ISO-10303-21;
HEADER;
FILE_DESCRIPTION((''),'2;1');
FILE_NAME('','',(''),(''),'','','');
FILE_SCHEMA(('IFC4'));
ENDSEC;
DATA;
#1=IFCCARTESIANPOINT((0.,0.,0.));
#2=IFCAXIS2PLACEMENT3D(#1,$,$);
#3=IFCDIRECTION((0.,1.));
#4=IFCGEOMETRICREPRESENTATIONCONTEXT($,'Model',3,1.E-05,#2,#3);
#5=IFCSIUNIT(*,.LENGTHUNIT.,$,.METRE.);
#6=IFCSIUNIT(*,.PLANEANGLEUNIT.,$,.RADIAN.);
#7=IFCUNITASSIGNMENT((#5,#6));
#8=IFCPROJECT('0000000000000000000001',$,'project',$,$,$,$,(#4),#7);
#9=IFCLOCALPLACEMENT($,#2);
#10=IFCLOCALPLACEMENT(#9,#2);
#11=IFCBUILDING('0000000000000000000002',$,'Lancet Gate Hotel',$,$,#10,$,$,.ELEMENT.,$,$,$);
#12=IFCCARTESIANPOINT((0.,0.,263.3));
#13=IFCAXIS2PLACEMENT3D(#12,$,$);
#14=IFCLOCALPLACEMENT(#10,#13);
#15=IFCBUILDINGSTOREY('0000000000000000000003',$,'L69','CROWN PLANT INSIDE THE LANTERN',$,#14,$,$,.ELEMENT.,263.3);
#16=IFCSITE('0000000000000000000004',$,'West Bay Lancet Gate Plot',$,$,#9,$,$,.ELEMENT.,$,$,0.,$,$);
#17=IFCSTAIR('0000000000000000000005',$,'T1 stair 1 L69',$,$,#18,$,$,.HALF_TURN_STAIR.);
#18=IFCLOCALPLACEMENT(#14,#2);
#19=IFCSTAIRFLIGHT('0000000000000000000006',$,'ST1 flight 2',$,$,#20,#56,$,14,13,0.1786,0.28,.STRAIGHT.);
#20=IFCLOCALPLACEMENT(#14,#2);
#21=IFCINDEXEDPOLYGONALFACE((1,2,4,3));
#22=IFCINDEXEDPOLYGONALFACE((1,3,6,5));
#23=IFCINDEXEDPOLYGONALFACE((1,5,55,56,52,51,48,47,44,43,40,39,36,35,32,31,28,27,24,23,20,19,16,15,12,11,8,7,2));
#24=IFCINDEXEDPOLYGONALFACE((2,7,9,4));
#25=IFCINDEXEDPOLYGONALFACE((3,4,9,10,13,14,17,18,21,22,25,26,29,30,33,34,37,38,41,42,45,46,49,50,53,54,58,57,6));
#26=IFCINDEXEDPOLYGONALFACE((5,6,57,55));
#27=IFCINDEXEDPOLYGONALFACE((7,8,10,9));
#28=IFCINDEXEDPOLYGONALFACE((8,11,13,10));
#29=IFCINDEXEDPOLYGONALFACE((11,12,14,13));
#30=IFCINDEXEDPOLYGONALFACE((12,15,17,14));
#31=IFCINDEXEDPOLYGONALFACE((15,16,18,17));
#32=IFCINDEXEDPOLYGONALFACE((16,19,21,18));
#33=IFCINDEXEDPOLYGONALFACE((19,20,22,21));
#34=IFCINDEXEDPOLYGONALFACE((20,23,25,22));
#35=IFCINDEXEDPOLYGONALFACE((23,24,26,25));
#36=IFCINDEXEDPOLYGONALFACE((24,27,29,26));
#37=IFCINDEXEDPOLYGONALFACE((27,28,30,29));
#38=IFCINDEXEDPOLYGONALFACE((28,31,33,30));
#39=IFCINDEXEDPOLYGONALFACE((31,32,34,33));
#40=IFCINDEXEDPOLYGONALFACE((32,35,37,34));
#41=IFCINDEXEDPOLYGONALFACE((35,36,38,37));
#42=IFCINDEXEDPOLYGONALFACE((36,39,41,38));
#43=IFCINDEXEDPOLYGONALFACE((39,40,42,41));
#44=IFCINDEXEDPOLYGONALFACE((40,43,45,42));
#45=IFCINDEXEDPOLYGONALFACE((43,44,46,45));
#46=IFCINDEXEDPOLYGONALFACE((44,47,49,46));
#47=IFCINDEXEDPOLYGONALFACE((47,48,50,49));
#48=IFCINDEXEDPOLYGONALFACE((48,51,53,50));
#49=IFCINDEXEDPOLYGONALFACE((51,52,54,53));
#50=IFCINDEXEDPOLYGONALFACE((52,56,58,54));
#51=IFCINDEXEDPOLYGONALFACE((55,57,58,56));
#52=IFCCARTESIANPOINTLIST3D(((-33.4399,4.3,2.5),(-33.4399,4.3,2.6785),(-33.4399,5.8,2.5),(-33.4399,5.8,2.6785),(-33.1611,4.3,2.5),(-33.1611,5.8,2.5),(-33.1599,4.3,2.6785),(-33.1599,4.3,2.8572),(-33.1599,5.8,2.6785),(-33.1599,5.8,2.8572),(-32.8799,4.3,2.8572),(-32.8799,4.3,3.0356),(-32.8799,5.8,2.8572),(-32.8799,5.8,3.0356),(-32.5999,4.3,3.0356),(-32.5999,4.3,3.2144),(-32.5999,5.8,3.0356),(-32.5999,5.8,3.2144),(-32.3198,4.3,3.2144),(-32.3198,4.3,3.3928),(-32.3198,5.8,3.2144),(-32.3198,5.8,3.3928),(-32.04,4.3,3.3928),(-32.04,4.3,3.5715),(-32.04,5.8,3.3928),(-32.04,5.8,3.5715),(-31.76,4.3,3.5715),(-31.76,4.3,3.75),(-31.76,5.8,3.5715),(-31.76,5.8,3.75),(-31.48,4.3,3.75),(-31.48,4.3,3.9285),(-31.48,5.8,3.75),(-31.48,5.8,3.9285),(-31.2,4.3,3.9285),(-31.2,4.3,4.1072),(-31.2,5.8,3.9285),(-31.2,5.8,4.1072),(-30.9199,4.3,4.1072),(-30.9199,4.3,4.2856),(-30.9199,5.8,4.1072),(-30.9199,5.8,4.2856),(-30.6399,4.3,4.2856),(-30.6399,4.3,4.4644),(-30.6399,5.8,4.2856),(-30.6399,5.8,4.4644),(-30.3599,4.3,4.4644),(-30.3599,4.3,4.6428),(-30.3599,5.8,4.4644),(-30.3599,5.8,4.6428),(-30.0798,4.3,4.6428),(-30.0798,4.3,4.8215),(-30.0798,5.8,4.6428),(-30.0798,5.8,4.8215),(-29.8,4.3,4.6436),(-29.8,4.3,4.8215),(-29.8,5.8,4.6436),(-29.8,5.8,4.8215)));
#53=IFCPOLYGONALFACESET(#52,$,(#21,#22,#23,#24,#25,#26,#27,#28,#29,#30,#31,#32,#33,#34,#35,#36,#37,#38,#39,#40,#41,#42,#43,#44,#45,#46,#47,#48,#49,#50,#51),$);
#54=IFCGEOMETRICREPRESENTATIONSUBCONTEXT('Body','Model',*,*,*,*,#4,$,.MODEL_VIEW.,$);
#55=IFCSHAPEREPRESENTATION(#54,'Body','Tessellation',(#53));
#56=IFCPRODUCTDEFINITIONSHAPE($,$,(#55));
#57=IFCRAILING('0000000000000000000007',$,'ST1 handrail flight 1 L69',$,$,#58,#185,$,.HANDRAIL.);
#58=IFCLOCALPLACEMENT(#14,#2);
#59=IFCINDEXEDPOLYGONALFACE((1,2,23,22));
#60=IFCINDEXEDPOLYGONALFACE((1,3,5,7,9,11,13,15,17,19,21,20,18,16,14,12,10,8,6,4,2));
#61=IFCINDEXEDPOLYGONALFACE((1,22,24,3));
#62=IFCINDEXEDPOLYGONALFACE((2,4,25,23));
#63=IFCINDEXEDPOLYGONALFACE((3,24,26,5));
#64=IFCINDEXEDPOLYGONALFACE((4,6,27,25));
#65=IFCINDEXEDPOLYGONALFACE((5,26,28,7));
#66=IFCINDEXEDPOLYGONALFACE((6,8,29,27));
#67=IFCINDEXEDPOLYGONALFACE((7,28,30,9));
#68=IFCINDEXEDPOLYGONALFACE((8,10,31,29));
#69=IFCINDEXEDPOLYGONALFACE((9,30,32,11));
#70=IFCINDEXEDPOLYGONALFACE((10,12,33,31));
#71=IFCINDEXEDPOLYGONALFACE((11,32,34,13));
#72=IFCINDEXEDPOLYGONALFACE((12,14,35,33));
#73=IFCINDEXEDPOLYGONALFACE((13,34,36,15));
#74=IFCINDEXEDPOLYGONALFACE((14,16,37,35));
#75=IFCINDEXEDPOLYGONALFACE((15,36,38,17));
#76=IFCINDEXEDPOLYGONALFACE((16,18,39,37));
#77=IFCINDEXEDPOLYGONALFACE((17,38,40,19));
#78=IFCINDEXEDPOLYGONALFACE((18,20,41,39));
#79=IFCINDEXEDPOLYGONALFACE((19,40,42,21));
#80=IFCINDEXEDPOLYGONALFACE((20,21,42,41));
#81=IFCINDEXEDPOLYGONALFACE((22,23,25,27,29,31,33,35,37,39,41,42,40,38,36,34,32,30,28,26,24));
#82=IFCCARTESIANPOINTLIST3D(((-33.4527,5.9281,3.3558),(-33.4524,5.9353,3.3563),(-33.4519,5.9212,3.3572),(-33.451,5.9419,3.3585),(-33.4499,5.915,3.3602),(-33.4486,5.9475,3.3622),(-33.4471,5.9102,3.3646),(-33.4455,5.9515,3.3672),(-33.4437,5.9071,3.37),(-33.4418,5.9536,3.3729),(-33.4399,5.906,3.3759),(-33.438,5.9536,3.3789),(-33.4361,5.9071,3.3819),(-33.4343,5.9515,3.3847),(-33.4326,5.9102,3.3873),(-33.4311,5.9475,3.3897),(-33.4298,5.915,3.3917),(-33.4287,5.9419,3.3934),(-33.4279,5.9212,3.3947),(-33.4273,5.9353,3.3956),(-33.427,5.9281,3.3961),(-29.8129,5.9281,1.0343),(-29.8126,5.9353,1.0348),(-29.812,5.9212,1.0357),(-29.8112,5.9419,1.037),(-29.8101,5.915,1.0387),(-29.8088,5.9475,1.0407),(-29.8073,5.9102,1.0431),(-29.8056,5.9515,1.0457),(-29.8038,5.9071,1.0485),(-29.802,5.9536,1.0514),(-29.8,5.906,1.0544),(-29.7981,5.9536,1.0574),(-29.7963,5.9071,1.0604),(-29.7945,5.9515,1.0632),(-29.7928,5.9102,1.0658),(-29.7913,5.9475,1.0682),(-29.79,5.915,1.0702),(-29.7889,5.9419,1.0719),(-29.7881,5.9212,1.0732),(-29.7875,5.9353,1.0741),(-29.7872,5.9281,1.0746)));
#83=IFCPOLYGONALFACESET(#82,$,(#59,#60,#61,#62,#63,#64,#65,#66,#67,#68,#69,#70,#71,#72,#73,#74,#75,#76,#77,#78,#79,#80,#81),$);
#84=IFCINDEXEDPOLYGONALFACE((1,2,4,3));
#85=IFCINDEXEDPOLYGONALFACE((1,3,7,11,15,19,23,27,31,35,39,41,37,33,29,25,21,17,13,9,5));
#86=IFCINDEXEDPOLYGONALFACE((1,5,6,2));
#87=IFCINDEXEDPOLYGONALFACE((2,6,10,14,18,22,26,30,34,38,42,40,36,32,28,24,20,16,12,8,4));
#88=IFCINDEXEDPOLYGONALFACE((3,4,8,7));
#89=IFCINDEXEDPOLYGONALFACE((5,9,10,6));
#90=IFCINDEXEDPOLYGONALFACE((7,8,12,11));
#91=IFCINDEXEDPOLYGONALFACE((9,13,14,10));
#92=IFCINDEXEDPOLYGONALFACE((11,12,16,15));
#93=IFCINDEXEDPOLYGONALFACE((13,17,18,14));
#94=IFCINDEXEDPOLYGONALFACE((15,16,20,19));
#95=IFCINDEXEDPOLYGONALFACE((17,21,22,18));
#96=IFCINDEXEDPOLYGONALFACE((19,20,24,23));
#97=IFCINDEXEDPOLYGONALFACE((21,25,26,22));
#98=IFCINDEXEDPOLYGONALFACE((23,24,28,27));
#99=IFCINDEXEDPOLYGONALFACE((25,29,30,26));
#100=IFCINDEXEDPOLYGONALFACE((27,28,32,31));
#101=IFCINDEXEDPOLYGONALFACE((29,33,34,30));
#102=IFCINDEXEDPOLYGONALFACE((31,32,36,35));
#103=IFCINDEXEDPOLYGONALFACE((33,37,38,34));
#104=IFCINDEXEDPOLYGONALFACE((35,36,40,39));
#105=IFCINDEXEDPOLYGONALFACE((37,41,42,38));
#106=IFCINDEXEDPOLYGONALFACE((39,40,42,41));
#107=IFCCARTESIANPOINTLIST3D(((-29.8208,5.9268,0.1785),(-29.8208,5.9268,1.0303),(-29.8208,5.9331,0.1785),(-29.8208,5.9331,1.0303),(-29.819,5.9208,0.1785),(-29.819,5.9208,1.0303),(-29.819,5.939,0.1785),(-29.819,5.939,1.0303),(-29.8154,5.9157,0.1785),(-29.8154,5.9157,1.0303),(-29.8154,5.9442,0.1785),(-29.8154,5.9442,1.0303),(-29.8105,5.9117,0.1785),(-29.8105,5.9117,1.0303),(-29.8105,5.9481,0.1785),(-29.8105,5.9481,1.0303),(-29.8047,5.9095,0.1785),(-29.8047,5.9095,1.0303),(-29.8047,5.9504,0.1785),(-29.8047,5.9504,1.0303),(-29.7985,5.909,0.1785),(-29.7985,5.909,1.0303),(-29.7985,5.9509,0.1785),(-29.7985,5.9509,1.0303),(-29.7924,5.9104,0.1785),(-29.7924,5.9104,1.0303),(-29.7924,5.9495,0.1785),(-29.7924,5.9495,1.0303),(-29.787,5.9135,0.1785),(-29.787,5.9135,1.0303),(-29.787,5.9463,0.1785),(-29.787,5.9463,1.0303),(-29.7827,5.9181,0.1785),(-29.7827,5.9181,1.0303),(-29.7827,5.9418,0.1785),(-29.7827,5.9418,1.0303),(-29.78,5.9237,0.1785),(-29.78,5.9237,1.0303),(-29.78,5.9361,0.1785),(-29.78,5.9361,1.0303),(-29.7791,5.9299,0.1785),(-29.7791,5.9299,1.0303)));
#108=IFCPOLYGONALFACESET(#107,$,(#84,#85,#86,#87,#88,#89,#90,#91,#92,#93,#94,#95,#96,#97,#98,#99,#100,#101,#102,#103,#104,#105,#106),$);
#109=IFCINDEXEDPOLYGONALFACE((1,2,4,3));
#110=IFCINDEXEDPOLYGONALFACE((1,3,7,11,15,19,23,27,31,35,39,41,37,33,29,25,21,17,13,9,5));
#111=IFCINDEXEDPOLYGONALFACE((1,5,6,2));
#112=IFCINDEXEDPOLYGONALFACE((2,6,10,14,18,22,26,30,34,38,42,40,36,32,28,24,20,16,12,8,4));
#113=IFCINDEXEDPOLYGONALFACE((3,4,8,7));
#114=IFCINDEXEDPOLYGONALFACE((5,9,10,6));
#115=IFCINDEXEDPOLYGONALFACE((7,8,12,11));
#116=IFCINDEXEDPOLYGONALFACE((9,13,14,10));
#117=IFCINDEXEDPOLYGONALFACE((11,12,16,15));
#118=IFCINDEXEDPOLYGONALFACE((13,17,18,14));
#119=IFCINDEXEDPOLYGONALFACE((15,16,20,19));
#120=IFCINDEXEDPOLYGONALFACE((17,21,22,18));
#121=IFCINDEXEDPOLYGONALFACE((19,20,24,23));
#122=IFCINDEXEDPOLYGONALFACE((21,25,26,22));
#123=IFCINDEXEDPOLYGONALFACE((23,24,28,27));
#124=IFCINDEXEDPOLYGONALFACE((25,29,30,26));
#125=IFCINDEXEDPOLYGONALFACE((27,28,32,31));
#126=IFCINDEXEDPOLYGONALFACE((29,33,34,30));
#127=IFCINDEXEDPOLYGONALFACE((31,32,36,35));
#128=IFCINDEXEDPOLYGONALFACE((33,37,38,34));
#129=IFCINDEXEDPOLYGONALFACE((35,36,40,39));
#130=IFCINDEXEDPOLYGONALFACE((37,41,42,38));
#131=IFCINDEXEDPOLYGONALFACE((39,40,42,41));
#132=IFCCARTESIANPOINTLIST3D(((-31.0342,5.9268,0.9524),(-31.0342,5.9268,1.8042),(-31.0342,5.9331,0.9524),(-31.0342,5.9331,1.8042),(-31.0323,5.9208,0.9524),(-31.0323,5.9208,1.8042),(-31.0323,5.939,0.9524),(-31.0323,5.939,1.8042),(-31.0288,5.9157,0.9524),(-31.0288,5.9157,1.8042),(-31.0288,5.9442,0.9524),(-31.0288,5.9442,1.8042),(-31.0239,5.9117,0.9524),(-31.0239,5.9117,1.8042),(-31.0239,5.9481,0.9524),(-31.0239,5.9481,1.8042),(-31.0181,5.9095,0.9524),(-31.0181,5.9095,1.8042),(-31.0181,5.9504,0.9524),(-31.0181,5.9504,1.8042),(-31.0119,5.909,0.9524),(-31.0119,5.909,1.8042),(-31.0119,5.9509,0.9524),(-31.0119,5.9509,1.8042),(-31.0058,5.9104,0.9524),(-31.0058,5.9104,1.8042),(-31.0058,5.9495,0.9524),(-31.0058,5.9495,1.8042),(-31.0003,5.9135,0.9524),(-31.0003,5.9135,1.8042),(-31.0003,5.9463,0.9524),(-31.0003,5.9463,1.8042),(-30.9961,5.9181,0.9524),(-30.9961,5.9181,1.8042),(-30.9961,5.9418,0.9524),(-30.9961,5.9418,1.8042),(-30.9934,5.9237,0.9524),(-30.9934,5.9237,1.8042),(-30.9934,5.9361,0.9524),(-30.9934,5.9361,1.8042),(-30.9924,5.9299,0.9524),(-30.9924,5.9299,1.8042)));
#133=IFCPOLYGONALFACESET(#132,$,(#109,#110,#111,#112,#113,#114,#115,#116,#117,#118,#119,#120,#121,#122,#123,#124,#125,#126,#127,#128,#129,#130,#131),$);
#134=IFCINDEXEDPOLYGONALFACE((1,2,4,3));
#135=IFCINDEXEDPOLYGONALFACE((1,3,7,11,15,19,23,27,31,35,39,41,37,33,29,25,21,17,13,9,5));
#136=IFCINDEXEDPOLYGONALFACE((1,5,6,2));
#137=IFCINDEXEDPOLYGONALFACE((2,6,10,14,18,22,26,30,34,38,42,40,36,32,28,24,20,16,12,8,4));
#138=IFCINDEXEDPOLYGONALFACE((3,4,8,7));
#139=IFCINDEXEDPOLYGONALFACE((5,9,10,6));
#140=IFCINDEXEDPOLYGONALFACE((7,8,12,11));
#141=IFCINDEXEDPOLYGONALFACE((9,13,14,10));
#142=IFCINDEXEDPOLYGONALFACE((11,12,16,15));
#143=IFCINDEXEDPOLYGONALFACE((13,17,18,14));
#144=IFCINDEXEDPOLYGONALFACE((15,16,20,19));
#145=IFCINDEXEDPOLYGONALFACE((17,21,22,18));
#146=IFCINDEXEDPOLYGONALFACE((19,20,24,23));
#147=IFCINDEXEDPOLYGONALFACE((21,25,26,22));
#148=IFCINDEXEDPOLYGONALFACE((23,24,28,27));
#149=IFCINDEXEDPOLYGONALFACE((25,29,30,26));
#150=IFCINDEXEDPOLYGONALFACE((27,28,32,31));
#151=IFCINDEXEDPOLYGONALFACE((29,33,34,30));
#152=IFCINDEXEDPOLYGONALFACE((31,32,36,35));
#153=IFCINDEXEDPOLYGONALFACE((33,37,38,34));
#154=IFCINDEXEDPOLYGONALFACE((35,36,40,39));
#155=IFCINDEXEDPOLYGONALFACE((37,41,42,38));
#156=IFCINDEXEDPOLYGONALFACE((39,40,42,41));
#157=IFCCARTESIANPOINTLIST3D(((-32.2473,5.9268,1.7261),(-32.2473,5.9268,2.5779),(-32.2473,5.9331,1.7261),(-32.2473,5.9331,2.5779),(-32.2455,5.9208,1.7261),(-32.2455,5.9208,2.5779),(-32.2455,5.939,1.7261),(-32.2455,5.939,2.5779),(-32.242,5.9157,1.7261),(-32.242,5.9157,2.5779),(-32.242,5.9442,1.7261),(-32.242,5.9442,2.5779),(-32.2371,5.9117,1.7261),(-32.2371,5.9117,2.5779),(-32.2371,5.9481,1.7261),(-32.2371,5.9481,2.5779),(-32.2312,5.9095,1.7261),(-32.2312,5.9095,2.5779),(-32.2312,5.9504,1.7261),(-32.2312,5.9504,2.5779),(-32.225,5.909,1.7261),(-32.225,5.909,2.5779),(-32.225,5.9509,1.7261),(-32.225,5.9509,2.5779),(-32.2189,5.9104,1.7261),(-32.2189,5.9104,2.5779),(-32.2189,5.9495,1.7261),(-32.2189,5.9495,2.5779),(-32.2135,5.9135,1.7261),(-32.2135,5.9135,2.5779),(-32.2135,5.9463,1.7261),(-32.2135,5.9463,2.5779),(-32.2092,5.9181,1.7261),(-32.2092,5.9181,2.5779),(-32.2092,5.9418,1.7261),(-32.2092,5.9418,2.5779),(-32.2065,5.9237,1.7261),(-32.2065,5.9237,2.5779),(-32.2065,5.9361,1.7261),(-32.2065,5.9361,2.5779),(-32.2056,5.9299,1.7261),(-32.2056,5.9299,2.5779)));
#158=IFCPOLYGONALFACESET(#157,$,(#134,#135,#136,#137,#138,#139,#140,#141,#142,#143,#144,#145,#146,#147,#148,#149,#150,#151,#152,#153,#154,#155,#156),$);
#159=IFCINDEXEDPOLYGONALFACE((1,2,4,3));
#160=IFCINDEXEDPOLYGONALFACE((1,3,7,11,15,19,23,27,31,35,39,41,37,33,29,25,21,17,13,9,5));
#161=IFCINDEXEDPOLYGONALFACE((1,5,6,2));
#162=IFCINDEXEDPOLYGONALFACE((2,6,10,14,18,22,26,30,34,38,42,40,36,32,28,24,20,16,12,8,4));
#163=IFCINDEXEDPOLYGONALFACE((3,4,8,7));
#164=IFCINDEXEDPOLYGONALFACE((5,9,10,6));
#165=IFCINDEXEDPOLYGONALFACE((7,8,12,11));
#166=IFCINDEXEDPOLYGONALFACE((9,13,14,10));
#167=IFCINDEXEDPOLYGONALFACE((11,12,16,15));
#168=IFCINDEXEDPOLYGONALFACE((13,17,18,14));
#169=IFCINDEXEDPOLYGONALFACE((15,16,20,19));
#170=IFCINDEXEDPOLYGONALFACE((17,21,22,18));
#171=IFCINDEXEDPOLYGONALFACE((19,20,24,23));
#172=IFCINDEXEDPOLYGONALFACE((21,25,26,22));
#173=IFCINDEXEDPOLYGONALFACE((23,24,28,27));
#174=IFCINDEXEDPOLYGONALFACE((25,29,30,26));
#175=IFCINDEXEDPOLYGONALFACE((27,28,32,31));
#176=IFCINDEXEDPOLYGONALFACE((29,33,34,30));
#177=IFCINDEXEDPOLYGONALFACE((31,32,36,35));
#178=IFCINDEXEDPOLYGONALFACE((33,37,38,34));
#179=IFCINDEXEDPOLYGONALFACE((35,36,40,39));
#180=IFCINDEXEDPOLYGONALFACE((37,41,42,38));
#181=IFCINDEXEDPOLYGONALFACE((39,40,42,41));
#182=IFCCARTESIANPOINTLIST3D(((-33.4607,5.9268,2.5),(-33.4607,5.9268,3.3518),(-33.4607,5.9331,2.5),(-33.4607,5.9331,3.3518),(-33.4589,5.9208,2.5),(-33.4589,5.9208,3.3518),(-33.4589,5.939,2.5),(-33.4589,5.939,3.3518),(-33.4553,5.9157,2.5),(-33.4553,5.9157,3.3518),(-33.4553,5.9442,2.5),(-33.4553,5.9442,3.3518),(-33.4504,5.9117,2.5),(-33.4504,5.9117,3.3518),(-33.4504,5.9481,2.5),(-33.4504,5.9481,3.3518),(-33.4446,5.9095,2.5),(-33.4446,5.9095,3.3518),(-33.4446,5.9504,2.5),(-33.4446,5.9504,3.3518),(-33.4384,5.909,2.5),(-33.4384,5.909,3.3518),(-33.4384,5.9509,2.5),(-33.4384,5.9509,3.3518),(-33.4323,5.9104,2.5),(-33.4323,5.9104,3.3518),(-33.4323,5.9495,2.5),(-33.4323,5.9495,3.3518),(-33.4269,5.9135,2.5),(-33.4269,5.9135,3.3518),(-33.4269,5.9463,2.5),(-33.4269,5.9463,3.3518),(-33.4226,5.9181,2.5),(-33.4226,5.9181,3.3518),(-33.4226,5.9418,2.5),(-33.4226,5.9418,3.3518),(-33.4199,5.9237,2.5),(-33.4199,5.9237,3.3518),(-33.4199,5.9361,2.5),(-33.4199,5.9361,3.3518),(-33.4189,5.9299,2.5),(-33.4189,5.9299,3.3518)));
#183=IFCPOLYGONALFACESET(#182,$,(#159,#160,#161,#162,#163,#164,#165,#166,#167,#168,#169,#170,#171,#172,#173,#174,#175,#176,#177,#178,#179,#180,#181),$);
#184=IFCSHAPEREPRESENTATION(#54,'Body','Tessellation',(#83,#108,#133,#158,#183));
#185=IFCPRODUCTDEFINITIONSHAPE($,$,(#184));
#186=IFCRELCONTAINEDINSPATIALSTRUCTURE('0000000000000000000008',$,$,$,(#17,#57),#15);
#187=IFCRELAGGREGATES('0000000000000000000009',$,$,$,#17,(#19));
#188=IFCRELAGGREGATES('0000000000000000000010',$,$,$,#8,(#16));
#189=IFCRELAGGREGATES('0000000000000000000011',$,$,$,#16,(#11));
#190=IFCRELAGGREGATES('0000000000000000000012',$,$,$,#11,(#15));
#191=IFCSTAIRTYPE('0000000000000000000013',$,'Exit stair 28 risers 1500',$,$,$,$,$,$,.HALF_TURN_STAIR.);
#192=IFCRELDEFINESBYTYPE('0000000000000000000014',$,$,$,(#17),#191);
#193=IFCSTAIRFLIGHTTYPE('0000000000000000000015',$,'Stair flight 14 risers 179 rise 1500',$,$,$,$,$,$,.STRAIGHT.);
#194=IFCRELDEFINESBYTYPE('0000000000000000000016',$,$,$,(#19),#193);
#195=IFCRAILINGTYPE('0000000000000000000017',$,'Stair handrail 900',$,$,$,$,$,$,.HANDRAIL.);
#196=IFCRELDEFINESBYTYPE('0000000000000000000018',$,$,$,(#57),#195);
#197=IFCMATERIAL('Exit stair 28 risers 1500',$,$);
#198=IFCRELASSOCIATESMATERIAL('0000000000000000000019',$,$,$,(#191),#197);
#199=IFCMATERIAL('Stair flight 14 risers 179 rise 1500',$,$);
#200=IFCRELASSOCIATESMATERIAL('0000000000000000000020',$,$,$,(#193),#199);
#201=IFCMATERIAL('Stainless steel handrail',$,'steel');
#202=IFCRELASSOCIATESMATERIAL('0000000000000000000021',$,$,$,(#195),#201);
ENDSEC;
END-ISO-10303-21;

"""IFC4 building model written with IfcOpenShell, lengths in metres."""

from ifc_helpers import new_model, si_unit, direction, frame, origin, origin_2d, place, context, subcontext, project, spatial, polyline, circle, outline, extrude, material, type_object, element, aggregate, save


model = new_model("IFC4")

# Units and contexts
model_context = context("Model", 3, precision=1e-05, world=origin(), true_north=direction((0.0, 1.0)))
body_context = subcontext(model_context, "Body", "Model", "MODEL_VIEW")
ifc_project = project(units=[si_unit("LENGTHUNIT", "METRE"), si_unit("PLANEANGLEUNIT", "RADIAN")], contexts=[model_context])

# Site, building, storey
site_placement = place(None, origin())
site = spatial("IfcSite", under=ifc_project, at=site_placement, Name="West Bay Lancet Gate Plot", CompositionType="ELEMENT", RefElevation=0.0)
building_placement = place(site_placement, origin())
building = spatial("IfcBuilding", under=site, at=building_placement, Name="Lancet Gate Hotel", CompositionType="ELEMENT")
storey_placement = place(building_placement, frame((0.0, 0.0, 263.3)))
storey = spatial("IfcBuildingStorey", under=building, at=storey_placement, Name="L69", Description="CROWN PLANT INSIDE THE LANTERN", CompositionType="ELEMENT", Elevation=263.3)

# Stair, stair flight
ifc_material_1 = material(Name="Exit stair 28 risers 1500")
stair_type = type_object("IfcStairType", Name="Exit stair 28 risers 1500", PredefinedType="HALF_TURN_STAIR", material=ifc_material_1)
stair_placement = place(storey_placement, origin())
stair = element("IfcStair", 1, at=stair_placement, inside=storey, type_object=stair_type, Name="T1 stair 1 L69", PredefinedType="HALF_TURN_STAIR")
ifc_material_2 = material(Name="Stair flight 14 risers 179 rise 1500")
stair_flight_type = type_object("IfcStairFlightType", Name="Stair flight 14 risers 179 rise 1500", PredefinedType="STRAIGHT", material=ifc_material_2)
stair_flight_1_placement = place(storey_placement, frame((-33.4399, 5.05, 2.5), z_axis=(0.0, 0.0, 1.0), x_axis=(1.0, 0.0, 0.0)))
stair_flight_1 = element("IfcStairFlight", 2, at=stair_flight_1_placement, type_object=stair_flight_type, Name="ST1 flight 2", NumberOfRisers=14, NumberOfTreads=13, PredefinedType="STRAIGHT", RiserHeight=0.1786, TreadLength=0.28, context=body_context, shape_type="SweptSolid", body=[
    extrude(outline(polyline([(0.0, 0.0), (0.0, 0.1785), (0.28, 0.1785), (0.28, 0.3572), (0.5601, 0.3572), (0.5601, 0.5356), (0.8401, 0.5356), (0.8401, 0.7144), (1.1201, 0.7144), (1.1201, 0.8928), (1.3999, 0.8928), (1.3999, 1.0715), (1.6799, 1.0715), (1.6799, 1.25), (1.96, 1.25), (1.96, 1.4285), (2.24, 1.4285), (2.24, 1.6072), (2.52, 1.6072), (2.52, 1.7856), (2.8, 1.7856), (2.8, 1.9644), (3.0801, 1.9644), (3.0801, 2.1428), (3.3601, 2.1428), (3.3601, 2.3215), (3.6399, 2.3215), (3.6399, 2.5), (3.6399, 2.1436), (0.2788, 0.0), (0.0, 0.0)])), frame((0.0, 0.75, 0.0), z_axis=(0.0, -1.0, 0.0), x_axis=(1.0, 0.0, 0.0)), (0.0, 0.0, 1.0), 1.5),
])
aggregate(stair, [stair_flight_1])

# Railing
ifc_material_3 = material(Name="Stainless steel handrail", Category="steel")
railing_type = type_object("IfcRailingType", Name="Stair handrail 900", PredefinedType="HANDRAIL", material=ifc_material_3)
railing_1_placement = place(storey_placement, frame((-29.8, 5.9299, 0.1785)))
element("IfcRailing", 3, at=railing_1_placement, inside=storey, type_object=railing_type, Name="ST1 handrail flight 1 L69", PredefinedType="HANDRAIL", context=body_context, shape_type="SweptSolid", body=[
    extrude(circle(Radius=0.0239, at=origin_2d()), frame((0.0, 0.0, 0.876), z_axis=(-0.843112, 0.0, 0.537739), x_axis=(0.0, -1.0, 0.0)), (0.0, 0.0, 1.0), 4.3171),
    extrude(circle(Radius=0.021, at=origin_2d()), origin(), (0.0, 0.0, 1.0), 0.8518),
    extrude(circle(Radius=0.021, at=origin_2d()), frame((-1.2134, 0.0, 0.7739)), (0.0, 0.0, 1.0), 0.8518),
    extrude(circle(Radius=0.021, at=origin_2d()), frame((-2.4265, 0.0, 1.5476)), (0.0, 0.0, 1.0), 0.8518),
    extrude(circle(Radius=0.021, at=origin_2d()), frame((-3.6399, 0.0, 2.3215)), (0.0, 0.0, 1.0), 0.8518),
])

save(model, "model.ifc")
